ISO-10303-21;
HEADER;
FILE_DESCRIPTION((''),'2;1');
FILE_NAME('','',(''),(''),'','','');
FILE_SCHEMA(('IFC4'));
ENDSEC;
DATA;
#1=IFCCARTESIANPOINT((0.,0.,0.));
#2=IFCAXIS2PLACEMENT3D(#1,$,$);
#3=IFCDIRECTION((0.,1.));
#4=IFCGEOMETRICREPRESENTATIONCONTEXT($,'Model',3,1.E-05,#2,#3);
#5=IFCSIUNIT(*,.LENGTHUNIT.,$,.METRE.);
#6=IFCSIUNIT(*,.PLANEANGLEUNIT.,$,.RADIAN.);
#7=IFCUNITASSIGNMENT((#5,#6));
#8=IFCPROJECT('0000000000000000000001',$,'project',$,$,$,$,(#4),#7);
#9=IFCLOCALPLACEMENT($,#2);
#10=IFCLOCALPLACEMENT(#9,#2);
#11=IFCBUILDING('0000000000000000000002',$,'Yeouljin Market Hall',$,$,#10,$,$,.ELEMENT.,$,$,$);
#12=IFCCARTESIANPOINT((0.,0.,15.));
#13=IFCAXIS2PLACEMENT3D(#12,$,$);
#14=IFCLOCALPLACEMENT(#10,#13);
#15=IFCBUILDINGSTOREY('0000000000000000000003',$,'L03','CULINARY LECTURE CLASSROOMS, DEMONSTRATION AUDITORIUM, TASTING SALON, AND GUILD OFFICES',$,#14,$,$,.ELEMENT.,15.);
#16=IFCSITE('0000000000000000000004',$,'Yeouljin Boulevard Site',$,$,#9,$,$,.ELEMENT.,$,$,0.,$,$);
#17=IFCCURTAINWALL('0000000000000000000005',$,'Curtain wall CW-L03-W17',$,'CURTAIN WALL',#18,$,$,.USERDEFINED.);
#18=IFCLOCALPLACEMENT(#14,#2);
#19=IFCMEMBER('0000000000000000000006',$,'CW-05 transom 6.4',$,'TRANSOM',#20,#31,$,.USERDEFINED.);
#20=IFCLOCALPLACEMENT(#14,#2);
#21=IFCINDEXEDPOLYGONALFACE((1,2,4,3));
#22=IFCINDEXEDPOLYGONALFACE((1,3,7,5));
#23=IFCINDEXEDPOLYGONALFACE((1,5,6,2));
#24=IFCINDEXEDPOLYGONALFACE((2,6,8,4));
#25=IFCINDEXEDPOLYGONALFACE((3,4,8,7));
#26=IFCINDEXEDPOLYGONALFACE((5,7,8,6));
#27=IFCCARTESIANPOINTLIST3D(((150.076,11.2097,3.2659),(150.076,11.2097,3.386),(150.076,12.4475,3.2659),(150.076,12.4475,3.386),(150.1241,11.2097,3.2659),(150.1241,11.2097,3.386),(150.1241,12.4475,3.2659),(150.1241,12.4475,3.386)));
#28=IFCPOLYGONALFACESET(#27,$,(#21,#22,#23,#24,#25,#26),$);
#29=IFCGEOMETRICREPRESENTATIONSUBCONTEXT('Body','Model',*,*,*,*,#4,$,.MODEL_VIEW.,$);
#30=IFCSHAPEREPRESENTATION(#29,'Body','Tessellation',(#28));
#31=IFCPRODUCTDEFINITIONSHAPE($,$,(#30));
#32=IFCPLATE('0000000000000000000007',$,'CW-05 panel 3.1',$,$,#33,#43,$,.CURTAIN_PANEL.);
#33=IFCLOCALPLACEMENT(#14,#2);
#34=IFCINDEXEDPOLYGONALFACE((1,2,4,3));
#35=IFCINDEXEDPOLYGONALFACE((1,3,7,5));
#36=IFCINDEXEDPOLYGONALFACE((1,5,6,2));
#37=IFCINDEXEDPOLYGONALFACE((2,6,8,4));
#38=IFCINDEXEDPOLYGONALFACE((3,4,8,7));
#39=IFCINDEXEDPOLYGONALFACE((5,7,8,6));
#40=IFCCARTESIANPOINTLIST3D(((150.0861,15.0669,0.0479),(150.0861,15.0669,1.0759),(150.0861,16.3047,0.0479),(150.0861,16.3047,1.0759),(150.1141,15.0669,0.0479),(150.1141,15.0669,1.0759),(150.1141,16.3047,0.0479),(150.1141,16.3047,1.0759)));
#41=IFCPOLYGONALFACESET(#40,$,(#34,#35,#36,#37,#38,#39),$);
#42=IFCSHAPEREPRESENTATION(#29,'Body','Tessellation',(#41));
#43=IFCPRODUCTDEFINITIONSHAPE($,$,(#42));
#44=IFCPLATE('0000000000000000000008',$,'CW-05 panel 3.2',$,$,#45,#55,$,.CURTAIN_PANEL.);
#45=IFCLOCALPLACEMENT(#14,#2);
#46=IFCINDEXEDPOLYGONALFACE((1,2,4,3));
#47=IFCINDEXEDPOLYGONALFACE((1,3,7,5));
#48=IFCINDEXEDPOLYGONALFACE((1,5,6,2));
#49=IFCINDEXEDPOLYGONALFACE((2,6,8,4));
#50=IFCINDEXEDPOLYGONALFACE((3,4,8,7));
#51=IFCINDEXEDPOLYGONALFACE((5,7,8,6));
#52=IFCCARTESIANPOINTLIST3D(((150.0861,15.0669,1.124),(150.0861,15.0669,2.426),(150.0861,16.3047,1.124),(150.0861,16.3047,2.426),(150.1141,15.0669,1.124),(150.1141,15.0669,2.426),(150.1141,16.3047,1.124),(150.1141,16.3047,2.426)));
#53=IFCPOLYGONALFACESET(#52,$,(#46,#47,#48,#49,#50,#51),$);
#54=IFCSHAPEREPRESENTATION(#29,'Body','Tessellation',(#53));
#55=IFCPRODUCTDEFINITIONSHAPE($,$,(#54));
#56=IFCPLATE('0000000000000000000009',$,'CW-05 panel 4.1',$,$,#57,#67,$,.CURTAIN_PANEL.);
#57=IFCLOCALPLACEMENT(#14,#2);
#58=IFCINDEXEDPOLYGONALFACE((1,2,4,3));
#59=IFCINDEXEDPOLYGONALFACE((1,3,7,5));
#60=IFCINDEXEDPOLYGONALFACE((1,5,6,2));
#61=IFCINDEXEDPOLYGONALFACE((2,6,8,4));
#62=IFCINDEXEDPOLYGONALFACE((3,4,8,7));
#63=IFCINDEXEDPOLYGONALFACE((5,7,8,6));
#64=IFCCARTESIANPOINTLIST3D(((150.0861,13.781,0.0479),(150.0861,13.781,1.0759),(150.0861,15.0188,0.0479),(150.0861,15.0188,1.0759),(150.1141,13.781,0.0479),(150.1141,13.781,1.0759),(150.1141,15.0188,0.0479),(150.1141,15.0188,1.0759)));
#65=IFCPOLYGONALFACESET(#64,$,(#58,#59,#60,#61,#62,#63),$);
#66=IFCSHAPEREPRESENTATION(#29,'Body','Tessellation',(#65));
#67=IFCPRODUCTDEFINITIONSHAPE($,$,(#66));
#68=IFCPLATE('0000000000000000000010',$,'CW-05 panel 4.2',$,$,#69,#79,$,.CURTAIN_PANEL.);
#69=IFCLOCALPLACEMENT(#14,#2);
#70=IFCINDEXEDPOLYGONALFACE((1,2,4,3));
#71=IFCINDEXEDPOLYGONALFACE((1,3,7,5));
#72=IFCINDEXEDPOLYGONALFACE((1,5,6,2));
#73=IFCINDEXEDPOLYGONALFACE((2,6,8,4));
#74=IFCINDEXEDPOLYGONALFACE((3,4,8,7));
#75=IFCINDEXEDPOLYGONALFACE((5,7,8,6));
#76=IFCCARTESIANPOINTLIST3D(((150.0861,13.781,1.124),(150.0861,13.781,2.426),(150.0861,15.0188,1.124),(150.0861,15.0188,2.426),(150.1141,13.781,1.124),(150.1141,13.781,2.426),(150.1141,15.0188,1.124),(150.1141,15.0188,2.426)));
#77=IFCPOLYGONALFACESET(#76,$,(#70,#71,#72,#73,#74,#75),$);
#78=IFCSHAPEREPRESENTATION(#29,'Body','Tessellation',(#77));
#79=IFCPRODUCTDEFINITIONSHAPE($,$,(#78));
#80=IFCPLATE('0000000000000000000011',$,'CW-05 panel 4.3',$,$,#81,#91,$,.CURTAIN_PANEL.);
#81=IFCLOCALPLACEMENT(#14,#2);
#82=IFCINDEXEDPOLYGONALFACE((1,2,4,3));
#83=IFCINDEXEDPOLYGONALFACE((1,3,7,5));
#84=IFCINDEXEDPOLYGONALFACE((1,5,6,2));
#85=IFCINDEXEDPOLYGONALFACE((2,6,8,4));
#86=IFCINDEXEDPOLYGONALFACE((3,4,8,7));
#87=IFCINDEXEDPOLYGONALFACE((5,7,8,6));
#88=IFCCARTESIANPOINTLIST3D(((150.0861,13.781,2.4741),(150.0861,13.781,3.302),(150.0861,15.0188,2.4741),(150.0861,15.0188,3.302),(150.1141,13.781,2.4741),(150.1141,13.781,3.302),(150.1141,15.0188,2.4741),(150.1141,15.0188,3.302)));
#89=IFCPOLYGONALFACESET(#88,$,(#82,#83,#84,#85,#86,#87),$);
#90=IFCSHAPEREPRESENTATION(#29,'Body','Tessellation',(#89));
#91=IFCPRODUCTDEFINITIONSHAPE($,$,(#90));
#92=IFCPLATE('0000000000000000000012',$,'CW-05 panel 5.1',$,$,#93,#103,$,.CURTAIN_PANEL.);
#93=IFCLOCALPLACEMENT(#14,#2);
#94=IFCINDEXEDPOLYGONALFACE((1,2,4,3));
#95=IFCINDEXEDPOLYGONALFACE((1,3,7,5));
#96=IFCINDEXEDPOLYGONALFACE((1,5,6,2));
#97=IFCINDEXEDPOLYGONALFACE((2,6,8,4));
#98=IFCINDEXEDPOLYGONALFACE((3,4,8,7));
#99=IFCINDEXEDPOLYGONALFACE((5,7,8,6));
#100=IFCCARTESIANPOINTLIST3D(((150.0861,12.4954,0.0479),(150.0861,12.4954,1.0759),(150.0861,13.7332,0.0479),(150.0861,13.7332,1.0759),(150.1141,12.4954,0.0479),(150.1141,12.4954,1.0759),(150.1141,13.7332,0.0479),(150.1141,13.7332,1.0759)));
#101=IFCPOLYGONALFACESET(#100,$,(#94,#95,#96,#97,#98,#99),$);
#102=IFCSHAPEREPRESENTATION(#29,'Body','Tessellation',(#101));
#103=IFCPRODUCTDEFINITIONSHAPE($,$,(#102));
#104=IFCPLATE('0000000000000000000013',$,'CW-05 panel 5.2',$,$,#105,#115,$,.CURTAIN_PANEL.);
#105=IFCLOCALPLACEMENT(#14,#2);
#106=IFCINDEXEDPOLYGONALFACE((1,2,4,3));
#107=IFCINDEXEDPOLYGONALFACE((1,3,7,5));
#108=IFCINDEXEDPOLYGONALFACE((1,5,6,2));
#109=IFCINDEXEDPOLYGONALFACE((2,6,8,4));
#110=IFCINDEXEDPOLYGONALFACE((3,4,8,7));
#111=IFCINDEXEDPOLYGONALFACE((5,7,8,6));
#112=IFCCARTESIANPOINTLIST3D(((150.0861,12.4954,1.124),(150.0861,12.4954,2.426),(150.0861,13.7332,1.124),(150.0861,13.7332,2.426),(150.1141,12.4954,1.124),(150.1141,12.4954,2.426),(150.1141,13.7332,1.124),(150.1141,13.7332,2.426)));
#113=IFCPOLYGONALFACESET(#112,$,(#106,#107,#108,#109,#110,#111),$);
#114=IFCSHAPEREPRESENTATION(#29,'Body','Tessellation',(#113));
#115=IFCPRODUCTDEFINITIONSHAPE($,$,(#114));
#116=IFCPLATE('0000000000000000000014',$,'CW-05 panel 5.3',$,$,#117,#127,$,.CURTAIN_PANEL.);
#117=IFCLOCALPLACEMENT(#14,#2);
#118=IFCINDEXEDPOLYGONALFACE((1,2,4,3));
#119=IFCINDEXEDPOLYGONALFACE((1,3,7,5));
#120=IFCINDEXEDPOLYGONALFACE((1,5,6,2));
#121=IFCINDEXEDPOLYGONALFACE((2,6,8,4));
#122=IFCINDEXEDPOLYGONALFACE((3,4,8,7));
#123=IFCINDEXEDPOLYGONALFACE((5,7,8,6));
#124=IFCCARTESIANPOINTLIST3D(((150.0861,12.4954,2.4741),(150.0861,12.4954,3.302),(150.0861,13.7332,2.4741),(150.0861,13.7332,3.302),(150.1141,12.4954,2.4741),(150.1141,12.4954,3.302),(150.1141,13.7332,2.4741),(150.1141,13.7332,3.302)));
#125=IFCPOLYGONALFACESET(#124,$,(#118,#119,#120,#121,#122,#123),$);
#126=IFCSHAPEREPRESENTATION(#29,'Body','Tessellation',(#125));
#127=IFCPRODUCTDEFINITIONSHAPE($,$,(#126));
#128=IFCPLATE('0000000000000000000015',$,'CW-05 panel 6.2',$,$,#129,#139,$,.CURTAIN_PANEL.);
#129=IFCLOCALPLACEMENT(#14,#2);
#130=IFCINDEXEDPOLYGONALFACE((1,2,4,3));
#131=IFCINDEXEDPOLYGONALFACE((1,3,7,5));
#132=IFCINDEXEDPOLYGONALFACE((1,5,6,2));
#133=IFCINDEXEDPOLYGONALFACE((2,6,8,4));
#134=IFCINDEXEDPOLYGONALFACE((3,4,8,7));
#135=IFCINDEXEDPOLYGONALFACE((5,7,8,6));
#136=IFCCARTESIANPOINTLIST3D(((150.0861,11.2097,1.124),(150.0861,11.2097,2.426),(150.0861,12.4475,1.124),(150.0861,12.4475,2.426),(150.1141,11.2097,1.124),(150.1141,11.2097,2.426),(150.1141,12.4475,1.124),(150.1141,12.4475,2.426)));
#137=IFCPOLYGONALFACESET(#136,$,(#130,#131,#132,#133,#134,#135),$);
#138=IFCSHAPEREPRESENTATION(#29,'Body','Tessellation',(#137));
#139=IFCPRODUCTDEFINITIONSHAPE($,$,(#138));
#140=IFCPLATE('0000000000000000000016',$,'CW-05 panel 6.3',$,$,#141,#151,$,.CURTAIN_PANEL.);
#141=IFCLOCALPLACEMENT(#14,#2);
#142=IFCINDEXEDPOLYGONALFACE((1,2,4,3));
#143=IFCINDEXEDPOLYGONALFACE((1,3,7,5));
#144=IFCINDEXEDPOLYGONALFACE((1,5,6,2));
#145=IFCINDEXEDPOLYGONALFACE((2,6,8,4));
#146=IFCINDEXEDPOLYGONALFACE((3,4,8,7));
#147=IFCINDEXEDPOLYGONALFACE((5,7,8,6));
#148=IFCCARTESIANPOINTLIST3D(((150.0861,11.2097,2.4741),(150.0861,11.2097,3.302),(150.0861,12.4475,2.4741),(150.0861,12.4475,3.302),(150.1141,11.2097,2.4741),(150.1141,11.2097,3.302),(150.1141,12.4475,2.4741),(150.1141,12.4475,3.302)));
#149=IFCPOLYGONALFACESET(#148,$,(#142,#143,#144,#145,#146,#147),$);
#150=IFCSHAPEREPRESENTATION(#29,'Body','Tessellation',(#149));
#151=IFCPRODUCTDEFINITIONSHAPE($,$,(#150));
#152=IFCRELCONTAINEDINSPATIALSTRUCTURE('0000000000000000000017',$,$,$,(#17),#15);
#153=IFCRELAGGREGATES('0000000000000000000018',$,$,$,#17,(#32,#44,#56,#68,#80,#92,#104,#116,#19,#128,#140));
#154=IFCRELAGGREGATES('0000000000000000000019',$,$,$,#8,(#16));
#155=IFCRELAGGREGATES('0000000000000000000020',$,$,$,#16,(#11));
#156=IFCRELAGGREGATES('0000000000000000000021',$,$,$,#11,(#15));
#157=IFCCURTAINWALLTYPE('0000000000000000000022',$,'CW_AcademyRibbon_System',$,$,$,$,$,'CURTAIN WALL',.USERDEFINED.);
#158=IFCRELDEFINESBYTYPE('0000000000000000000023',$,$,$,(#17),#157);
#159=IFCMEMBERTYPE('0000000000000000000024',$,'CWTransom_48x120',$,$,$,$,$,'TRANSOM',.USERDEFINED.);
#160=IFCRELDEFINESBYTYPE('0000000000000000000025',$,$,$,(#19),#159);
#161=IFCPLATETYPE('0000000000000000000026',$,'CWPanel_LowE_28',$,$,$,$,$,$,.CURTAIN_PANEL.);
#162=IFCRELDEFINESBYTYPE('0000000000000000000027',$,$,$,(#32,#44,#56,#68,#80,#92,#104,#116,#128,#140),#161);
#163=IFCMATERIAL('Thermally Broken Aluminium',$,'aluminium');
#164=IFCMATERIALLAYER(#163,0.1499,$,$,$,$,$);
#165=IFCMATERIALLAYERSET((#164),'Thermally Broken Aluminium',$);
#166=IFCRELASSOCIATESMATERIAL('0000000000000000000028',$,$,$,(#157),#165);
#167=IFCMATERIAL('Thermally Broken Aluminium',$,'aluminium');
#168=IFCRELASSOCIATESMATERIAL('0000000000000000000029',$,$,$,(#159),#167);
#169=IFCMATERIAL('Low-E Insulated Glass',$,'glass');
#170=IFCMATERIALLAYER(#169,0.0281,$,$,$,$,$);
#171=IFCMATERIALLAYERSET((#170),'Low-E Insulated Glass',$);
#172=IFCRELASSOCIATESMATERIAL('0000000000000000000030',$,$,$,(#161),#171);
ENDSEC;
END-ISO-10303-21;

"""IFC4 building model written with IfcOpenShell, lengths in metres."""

from ifc_helpers import new_model, si_unit, direction, frame, origin, origin_2d, place, context, subcontext, project, spatial, rectangle, extrude, material, layer, layer_set, material_profile, profile_set, type_object, element, aggregate, save


model = new_model("IFC4")

# Units and contexts
model_context = context("Model", 3, precision=1e-05, world=origin(), true_north=direction((0.0, 1.0)))
body_context = subcontext(model_context, "Body", "Model", "MODEL_VIEW")
ifc_project = project(units=[si_unit("LENGTHUNIT", "METRE"), si_unit("PLANEANGLEUNIT", "RADIAN")], contexts=[model_context])

# Site, building, storey
site_placement = place(None, origin())
site = spatial("IfcSite", under=ifc_project, at=site_placement, Name="Yeouljin Boulevard Site", CompositionType="ELEMENT", RefElevation=0.0)
building_placement = place(site_placement, origin())
building = spatial("IfcBuilding", under=site, at=building_placement, Name="Yeouljin Market Hall", CompositionType="ELEMENT")
storey_placement = place(building_placement, frame((0.0, 0.0, 15.0)))
storey = spatial("IfcBuildingStorey", under=building, at=storey_placement, Name="L03", Description="CULINARY LECTURE CLASSROOMS, DEMONSTRATION AUDITORIUM, TASTING SALON, AND GUILD OFFICES", CompositionType="ELEMENT", Elevation=15.0)

# Curtain wall, member, plates
ifc_material_1 = material(Name="Thermally Broken Aluminium", Category="aluminium")
ifc_layer_1 = layer(ifc_material_1, 0.1499)
ifc_layer_set_1 = layer_set([ifc_layer_1], Name="Thermally Broken Aluminium")
curtain_wall_type = type_object("IfcCurtainWallType", Name="CW_AcademyRibbon_System", ElementType="CURTAIN WALL", PredefinedType="USERDEFINED", material=ifc_layer_set_1)
curtain_wall_placement = place(storey_placement, origin())
curtain_wall = element("IfcCurtainWall", 1, at=curtain_wall_placement, inside=storey, type_object=curtain_wall_type, Name="Curtain wall CW-L03-W17", ObjectType="CURTAIN WALL", PredefinedType="USERDEFINED")
ifc_material_2 = material(Name="Thermally Broken Aluminium", Category="aluminium")
ifc_material_profile_1 = material_profile(ifc_material_2, rectangle(XDim=0.0481, YDim=0.1201, at=origin_2d()), Name="CW-TRAN-48x120")
ifc_profile_set_1 = profile_set([ifc_material_profile_1], Name="Thermally Broken Aluminium")
member_type_1 = type_object("IfcMemberType", Name="CWTransom_48x120", ElementType="TRANSOM", PredefinedType="USERDEFINED", material=ifc_profile_set_1)
member_1_placement = place(storey_placement, frame((150.1001, 12.4475, 3.3259), z_axis=(0.0, -1.0, 0.0), x_axis=(1.0, 0.0, 0.0)))
member_1 = element("IfcMember", 2, at=member_1_placement, type_object=member_type_1, Name="CW-05 transom 6.4", ObjectType="TRANSOM", PredefinedType="USERDEFINED", context=body_context, shape_type="SweptSolid", body=[
    extrude(rectangle(XDim=0.0481, YDim=0.1201, at=origin_2d()), origin(), (0.0, 0.0, 1.0), 1.2378),
])
ifc_material_3 = material(Name="Low-E Insulated Glass", Category="glass")
ifc_layer_2 = layer(ifc_material_3, 0.0281)
ifc_layer_set_2 = layer_set([ifc_layer_2], Name="Low-E Insulated Glass")
plate_type = type_object("IfcPlateType", Name="CWPanel_LowE_28", PredefinedType="CURTAIN_PANEL", material=ifc_layer_set_2)
plate_1_placement = place(storey_placement, frame((150.1001, 15.6858, 0.0479), z_axis=(0.0, 0.0, 1.0), x_axis=(0.0, -1.0, 0.0)))
plate_1 = element("IfcPlate", 3, at=plate_1_placement, type_object=plate_type, Name="CW-05 panel 3.1", PredefinedType="CURTAIN_PANEL", context=body_context, shape_type="SweptSolid", body=[
    extrude(rectangle(XDim=1.2378, YDim=0.0281, at=origin_2d()), origin(), (0.0, 0.0, 1.0), 1.0281),
])
plate_2_placement = place(storey_placement, frame((150.1001, 15.6858, 1.124), z_axis=(0.0, 0.0, 1.0), x_axis=(0.0, -1.0, 0.0)))
plate_2 = element("IfcPlate", 4, at=plate_2_placement, type_object=plate_type, Name="CW-05 panel 3.2", PredefinedType="CURTAIN_PANEL", context=body_context, shape_type="SweptSolid", body=[
    extrude(rectangle(XDim=1.2378, YDim=0.0281, at=origin_2d()), origin(), (0.0, 0.0, 1.0), 1.302),
])
plate_3_placement = place(storey_placement, frame((150.1001, 14.3999, 0.0479), z_axis=(0.0, 0.0, 1.0), x_axis=(0.0, -1.0, 0.0)))
plate_3 = element("IfcPlate", 5, at=plate_3_placement, type_object=plate_type, Name="CW-05 panel 4.1", PredefinedType="CURTAIN_PANEL", context=body_context, shape_type="SweptSolid", body=[
    extrude(rectangle(XDim=1.2378, YDim=0.0281, at=origin_2d()), origin(), (0.0, 0.0, 1.0), 1.0281),
])
plate_4_placement = place(storey_placement, frame((150.1001, 14.3999, 1.124), z_axis=(0.0, 0.0, 1.0), x_axis=(0.0, -1.0, 0.0)))
plate_4 = element("IfcPlate", 6, at=plate_4_placement, type_object=plate_type, Name="CW-05 panel 4.2", PredefinedType="CURTAIN_PANEL", context=body_context, shape_type="SweptSolid", body=[
    extrude(rectangle(XDim=1.2378, YDim=0.0281, at=origin_2d()), origin(), (0.0, 0.0, 1.0), 1.302),
])
plate_5_placement = place(storey_placement, frame((150.1001, 14.3999, 2.4741), z_axis=(0.0, 0.0, 1.0), x_axis=(0.0, -1.0, 0.0)))
plate_5 = element("IfcPlate", 7, at=plate_5_placement, type_object=plate_type, Name="CW-05 panel 4.3", PredefinedType="CURTAIN_PANEL", context=body_context, shape_type="SweptSolid", body=[
    extrude(rectangle(XDim=1.2378, YDim=0.0281, at=origin_2d()), origin(), (0.0, 0.0, 1.0), 0.8279),
])
plate_6_placement = place(storey_placement, frame((150.1001, 13.1143, 0.0479), z_axis=(0.0, 0.0, 1.0), x_axis=(0.0, -1.0, 0.0)))
plate_6 = element("IfcPlate", 8, at=plate_6_placement, type_object=plate_type, Name="CW-05 panel 5.1", PredefinedType="CURTAIN_PANEL", context=body_context, shape_type="SweptSolid", body=[
    extrude(rectangle(XDim=1.2378, YDim=0.0281, at=origin_2d()), origin(), (0.0, 0.0, 1.0), 1.0281),
])
plate_7_placement = place(storey_placement, frame((150.1001, 13.1143, 1.124), z_axis=(0.0, 0.0, 1.0), x_axis=(0.0, -1.0, 0.0)))
plate_7 = element("IfcPlate", 9, at=plate_7_placement, type_object=plate_type, Name="CW-05 panel 5.2", PredefinedType="CURTAIN_PANEL", context=body_context, shape_type="SweptSolid", body=[
    extrude(rectangle(XDim=1.2378, YDim=0.0281, at=origin_2d()), origin(), (0.0, 0.0, 1.0), 1.302),
])
plate_8_placement = place(storey_placement, frame((150.1001, 13.1143, 2.4741), z_axis=(0.0, 0.0, 1.0), x_axis=(0.0, -1.0, 0.0)))
plate_8 = element("IfcPlate", 10, at=plate_8_placement, type_object=plate_type, Name="CW-05 panel 5.3", PredefinedType="CURTAIN_PANEL", context=body_context, shape_type="SweptSolid", body=[
    extrude(rectangle(XDim=1.2378, YDim=0.0281, at=origin_2d()), origin(), (0.0, 0.0, 1.0), 0.8279),
])
plate_9_placement = place(storey_placement, frame((150.1001, 11.8286, 1.124), z_axis=(0.0, 0.0, 1.0), x_axis=(0.0, -1.0, 0.0)))
plate_9 = element("IfcPlate", 11, at=plate_9_placement, type_object=plate_type, Name="CW-05 panel 6.2", PredefinedType="CURTAIN_PANEL", context=body_context, shape_type="SweptSolid", body=[
    extrude(rectangle(XDim=1.2378, YDim=0.0281, at=origin_2d()), origin(), (0.0, 0.0, 1.0), 1.302),
])
plate_10_placement = place(storey_placement, frame((150.1001, 11.8286, 2.4741), z_axis=(0.0, 0.0, 1.0), x_axis=(0.0, -1.0, 0.0)))
plate_10 = element("IfcPlate", 12, at=plate_10_placement, type_object=plate_type, Name="CW-05 panel 6.3", PredefinedType="CURTAIN_PANEL", context=body_context, shape_type="SweptSolid", body=[
    extrude(rectangle(XDim=1.2378, YDim=0.0281, at=origin_2d()), origin(), (0.0, 0.0, 1.0), 0.8279),
])
aggregate(curtain_wall, [plate_1, plate_2, plate_3, plate_4, plate_5, plate_6, plate_7, plate_8, member_1, plate_9, plate_10])

save(model, "model.ifc")
